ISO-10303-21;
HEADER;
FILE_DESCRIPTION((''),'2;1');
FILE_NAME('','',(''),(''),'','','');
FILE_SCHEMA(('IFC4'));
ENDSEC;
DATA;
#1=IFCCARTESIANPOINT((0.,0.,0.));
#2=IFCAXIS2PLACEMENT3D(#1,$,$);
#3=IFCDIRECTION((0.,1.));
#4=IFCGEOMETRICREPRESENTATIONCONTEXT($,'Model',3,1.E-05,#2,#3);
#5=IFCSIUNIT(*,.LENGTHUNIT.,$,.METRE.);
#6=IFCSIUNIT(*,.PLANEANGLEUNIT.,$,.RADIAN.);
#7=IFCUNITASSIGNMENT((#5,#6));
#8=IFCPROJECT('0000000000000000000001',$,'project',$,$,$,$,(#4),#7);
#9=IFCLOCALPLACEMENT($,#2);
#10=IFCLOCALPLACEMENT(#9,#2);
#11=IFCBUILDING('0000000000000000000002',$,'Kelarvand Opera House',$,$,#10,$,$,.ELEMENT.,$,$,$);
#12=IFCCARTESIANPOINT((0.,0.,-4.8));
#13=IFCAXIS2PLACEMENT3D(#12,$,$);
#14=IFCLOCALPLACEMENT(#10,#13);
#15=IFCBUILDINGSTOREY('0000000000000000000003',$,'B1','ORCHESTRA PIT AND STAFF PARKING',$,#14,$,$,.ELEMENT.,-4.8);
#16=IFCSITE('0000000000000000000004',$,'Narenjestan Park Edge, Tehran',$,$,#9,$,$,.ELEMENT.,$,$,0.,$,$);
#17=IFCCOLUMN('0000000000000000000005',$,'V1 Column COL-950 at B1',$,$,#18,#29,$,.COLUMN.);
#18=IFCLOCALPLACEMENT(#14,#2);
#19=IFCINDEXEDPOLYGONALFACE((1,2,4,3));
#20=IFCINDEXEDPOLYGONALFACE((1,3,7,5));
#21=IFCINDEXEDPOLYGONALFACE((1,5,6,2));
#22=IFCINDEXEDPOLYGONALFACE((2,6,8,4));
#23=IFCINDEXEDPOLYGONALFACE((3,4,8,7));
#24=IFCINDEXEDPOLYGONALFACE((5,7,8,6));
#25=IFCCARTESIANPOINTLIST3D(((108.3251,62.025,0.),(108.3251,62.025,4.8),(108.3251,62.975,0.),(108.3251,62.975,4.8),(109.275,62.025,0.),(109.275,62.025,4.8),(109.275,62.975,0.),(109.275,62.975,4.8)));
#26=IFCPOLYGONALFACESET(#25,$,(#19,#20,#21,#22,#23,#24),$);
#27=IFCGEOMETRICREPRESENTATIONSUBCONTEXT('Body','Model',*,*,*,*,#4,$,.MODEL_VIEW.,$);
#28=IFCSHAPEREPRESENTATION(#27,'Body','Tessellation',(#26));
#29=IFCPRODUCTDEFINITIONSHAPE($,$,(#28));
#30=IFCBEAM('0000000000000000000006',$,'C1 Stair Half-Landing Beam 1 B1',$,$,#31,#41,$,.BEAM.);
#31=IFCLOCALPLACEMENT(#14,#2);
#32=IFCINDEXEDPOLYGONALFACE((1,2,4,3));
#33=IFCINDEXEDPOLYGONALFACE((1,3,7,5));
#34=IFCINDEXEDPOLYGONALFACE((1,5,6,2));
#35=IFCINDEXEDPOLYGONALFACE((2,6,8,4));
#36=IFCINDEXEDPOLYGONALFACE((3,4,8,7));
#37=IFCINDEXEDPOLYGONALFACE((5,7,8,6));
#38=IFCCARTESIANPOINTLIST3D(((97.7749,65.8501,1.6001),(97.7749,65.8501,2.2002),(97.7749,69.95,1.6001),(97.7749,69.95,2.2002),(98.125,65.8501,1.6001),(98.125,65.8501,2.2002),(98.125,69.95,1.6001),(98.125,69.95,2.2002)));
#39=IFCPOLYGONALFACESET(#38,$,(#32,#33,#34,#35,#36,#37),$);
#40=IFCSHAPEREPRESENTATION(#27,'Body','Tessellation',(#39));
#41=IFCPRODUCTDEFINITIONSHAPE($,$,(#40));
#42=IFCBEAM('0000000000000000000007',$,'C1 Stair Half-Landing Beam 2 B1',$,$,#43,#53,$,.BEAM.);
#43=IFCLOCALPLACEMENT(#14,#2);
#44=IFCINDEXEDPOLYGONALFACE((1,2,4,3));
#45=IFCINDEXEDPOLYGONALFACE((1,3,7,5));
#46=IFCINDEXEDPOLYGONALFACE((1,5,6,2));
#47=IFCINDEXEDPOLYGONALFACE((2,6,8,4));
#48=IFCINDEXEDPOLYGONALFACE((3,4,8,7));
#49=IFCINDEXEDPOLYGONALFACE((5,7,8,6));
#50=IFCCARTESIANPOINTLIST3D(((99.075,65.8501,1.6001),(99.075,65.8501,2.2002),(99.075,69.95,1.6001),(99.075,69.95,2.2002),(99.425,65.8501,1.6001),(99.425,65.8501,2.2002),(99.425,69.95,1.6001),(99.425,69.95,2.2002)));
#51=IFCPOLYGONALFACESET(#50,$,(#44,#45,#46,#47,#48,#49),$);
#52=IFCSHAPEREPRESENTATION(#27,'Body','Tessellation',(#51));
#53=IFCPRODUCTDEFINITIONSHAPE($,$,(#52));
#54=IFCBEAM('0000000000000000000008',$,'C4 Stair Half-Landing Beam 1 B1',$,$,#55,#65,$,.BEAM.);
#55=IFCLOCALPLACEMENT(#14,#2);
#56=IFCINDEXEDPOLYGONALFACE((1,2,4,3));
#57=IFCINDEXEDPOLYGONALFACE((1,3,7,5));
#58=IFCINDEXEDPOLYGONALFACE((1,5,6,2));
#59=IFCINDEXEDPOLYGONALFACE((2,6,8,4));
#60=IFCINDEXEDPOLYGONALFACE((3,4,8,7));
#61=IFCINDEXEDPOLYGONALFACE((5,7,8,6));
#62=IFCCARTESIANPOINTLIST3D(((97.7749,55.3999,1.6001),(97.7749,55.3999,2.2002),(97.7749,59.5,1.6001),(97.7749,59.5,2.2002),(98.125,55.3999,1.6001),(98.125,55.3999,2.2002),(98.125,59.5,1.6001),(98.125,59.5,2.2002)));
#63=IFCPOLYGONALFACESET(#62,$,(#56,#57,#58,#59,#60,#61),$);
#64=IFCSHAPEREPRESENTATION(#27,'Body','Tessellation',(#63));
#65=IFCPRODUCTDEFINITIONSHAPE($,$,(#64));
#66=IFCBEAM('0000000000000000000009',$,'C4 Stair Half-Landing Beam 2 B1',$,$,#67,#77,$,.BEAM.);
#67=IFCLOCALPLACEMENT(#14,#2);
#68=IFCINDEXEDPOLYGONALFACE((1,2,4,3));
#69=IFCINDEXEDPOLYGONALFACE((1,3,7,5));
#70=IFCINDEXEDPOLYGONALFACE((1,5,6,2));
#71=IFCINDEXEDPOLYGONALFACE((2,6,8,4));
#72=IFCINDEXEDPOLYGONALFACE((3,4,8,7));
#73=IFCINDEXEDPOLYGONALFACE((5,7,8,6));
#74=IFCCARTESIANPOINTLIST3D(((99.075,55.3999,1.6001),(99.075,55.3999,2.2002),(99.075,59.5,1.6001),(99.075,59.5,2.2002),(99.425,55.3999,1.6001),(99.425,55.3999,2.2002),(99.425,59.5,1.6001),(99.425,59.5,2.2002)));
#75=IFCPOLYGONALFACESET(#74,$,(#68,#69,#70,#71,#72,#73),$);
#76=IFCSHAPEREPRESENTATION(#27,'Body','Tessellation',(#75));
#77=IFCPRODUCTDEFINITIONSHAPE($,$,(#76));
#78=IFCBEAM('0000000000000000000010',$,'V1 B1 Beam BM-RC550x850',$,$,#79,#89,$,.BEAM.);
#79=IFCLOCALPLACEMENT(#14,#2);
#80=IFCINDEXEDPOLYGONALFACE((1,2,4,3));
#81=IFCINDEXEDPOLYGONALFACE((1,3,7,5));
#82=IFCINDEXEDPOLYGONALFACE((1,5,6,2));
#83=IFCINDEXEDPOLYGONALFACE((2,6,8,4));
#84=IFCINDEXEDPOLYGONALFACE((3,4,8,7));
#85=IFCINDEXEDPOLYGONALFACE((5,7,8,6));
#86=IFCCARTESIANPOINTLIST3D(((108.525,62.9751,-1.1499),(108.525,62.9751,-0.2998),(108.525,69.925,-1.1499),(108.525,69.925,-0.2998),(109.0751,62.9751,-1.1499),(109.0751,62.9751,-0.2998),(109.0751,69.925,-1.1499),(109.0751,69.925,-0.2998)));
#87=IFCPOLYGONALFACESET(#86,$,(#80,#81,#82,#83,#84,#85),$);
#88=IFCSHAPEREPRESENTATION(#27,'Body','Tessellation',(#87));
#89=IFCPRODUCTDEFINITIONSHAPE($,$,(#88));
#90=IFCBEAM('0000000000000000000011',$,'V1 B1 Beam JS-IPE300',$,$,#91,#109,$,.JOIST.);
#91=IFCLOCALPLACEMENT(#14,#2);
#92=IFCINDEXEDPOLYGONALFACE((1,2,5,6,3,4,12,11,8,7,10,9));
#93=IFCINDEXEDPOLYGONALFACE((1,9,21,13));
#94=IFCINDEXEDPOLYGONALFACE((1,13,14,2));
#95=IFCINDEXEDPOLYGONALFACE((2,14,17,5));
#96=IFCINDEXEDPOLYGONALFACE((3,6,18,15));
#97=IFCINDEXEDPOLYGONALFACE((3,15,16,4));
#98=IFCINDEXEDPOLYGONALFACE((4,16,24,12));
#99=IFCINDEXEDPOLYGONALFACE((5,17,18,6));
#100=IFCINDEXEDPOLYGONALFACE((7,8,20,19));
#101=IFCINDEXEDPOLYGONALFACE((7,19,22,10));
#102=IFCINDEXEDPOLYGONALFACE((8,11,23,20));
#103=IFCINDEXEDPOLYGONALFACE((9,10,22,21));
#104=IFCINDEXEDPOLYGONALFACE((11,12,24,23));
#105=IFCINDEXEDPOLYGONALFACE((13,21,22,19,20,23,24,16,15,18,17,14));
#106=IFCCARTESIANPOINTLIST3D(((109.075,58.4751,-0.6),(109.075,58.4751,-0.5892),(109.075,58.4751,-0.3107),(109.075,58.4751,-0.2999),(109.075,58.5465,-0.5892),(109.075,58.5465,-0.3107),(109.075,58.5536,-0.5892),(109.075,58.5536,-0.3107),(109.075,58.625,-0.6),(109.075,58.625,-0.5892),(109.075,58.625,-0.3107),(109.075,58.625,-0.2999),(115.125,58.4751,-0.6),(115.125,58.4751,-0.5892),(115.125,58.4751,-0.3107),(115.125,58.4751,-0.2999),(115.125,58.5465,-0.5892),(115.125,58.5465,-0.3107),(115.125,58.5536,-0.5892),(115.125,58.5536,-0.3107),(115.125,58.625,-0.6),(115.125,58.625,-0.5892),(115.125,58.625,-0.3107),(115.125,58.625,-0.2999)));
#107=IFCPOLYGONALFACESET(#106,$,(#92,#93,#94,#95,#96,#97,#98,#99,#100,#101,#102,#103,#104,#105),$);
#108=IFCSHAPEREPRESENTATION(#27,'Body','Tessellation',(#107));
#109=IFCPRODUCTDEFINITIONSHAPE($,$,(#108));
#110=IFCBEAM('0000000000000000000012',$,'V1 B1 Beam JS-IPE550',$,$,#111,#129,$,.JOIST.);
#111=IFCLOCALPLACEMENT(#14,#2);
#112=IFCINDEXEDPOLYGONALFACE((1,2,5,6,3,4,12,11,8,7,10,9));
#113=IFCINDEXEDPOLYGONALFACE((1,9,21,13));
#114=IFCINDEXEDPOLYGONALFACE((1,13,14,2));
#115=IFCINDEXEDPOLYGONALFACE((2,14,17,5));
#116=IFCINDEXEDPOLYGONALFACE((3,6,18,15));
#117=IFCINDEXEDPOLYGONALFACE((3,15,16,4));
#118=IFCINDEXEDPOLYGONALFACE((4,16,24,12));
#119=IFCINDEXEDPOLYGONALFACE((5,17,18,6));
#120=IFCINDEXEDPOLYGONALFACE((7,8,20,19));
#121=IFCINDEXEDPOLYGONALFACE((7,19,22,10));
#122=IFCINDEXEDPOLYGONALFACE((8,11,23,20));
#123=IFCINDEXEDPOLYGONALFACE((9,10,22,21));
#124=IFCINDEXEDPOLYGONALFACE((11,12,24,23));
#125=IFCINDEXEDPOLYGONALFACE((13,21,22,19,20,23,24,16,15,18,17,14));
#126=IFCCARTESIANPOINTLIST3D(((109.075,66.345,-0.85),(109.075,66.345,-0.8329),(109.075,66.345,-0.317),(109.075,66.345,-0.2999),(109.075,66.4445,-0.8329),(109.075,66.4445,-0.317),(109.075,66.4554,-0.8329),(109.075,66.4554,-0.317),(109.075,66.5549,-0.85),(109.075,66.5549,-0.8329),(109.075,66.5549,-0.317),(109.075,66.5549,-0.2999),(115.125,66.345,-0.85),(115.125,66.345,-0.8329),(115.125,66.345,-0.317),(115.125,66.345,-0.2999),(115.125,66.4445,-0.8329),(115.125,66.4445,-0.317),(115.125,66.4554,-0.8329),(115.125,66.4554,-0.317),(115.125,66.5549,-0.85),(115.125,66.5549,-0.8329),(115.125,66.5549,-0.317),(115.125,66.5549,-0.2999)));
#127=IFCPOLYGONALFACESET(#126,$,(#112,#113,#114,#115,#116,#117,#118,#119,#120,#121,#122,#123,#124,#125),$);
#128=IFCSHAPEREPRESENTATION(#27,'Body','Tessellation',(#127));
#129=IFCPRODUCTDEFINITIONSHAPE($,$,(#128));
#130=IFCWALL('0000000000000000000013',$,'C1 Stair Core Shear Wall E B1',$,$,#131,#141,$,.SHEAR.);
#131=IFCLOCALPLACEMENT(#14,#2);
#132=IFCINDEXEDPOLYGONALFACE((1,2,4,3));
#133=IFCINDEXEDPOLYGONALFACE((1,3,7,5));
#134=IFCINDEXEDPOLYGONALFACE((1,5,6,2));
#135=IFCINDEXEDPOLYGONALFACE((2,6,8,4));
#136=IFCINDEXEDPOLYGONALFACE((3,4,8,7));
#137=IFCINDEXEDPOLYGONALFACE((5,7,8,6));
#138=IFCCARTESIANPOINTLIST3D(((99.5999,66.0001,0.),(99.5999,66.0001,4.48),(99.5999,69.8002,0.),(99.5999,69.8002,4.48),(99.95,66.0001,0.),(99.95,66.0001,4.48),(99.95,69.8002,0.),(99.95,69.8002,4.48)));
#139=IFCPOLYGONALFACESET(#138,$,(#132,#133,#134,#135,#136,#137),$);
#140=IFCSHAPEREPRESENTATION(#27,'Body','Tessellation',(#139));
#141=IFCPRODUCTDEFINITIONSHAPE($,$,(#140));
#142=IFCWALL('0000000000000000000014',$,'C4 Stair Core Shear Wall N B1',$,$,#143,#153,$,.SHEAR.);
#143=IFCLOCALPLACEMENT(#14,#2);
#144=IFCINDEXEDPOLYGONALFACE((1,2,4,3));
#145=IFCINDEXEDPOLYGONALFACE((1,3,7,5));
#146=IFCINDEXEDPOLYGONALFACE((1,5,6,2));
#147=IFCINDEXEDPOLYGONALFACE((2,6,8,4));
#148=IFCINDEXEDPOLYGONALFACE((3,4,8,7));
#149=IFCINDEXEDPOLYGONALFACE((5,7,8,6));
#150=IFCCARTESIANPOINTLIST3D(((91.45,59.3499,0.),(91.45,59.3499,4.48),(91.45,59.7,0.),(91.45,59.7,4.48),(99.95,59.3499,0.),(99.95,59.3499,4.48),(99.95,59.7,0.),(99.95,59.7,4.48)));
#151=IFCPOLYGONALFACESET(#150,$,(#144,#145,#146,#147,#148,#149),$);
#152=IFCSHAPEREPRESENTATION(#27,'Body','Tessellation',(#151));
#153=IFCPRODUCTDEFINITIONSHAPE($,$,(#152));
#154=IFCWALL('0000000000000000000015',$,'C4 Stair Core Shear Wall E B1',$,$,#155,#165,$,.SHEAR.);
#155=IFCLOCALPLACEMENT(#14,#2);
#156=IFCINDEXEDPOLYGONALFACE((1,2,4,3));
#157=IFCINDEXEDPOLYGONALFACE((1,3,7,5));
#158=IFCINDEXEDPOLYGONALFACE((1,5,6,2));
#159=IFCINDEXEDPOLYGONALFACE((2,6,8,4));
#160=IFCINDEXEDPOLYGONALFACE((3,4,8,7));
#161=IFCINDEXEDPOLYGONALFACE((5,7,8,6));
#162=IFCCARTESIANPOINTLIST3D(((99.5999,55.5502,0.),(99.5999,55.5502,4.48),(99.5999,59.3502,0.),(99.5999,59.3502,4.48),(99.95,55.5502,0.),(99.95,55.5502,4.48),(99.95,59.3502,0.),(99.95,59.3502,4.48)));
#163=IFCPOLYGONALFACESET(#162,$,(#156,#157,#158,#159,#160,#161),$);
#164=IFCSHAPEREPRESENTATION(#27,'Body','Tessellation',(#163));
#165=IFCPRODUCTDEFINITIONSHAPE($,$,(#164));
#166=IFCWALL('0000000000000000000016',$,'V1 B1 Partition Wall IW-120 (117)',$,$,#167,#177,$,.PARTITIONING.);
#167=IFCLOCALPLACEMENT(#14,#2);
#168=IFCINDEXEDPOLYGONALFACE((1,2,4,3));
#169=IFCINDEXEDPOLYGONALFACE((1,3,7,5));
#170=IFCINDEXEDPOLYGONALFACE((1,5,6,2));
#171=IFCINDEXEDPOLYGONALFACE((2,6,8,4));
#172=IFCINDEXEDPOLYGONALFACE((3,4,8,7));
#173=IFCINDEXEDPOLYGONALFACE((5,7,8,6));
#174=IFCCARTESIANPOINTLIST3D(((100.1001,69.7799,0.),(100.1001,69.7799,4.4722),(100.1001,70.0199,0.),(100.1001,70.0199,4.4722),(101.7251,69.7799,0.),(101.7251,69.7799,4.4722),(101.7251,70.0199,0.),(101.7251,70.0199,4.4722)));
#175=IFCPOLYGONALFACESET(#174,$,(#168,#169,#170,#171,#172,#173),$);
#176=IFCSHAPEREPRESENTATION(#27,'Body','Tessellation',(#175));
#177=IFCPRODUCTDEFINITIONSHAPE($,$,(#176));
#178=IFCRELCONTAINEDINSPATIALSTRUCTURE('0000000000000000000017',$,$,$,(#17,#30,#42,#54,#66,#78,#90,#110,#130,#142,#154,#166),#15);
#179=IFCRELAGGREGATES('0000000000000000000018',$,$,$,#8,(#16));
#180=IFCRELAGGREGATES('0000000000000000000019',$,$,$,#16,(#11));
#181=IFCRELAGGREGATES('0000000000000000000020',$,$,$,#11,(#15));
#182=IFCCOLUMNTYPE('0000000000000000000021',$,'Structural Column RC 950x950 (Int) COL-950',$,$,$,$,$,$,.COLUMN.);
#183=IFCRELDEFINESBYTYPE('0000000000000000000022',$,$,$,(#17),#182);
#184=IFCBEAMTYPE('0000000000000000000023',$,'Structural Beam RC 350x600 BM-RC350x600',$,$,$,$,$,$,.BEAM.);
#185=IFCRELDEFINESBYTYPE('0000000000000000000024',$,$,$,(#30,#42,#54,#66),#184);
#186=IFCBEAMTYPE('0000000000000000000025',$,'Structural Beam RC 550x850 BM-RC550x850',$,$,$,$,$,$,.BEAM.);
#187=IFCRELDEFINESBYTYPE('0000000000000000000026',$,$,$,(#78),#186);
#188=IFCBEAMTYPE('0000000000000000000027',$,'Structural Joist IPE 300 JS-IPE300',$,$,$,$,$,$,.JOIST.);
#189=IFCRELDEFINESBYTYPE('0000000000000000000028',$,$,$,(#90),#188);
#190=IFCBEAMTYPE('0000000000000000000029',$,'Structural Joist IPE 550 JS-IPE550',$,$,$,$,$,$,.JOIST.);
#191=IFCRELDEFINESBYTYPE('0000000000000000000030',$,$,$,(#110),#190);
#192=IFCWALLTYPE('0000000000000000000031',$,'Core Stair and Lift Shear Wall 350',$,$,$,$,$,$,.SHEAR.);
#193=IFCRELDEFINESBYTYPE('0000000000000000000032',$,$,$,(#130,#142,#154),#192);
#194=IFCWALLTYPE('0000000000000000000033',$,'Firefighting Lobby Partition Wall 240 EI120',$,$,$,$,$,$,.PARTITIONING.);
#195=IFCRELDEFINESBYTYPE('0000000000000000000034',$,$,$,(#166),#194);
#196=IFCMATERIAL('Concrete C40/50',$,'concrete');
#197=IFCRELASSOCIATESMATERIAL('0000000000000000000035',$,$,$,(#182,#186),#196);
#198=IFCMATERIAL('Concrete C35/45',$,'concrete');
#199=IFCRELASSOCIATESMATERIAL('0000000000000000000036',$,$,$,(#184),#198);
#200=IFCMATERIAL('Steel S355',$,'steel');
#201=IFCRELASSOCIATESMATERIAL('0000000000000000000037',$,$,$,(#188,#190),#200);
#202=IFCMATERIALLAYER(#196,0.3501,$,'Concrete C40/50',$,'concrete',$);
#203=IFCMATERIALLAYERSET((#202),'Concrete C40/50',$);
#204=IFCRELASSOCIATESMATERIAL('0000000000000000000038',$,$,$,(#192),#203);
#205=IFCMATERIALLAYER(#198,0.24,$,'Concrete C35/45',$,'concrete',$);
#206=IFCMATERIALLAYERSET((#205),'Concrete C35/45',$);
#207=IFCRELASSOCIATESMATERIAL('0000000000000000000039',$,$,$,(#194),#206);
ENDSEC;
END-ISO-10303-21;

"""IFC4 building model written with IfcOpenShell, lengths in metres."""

from ifc_helpers import new_model, si_unit, direction, frame, frame_2d, origin, origin_2d, place, context, subcontext, project, spatial, rectangle, i_section, extrude, material, layer, layer_set, material_profile, profile_set, type_object, element, save


model = new_model("IFC4")

# Units and contexts
model_context = context("Model", 3, precision=1e-05, world=origin(), true_north=direction((0.0, 1.0)))
body_context = subcontext(model_context, "Body", "Model", "MODEL_VIEW")
ifc_project = project(units=[si_unit("LENGTHUNIT", "METRE"), si_unit("PLANEANGLEUNIT", "RADIAN")], contexts=[model_context])

# Site, building, storey
site_placement = place(None, origin())
site = spatial("IfcSite", under=ifc_project, at=site_placement, Name="Narenjestan Park Edge, Tehran", CompositionType="ELEMENT", RefElevation=0.0)
building_placement = place(site_placement, origin())
building = spatial("IfcBuilding", under=site, at=building_placement, Name="Kelarvand Opera House", CompositionType="ELEMENT")
storey_placement = place(building_placement, frame((0.0, 0.0, -4.8)))
storey = spatial("IfcBuildingStorey", under=building, at=storey_placement, Name="B1", Description="ORCHESTRA PIT AND STAFF PARKING", CompositionType="ELEMENT", Elevation=-4.8)

# Column
ifc_material_1 = material(Name="Concrete C40/50", Category="concrete")
ifc_material_profile_1 = material_profile(ifc_material_1, rectangle(XDim=0.95, YDim=0.95, at=origin_2d()), Name="RC 950x950", Category="concrete")
ifc_profile_set_1 = profile_set([ifc_material_profile_1], Name="Concrete C40/50")
column_type = type_object("IfcColumnType", Name="Structural Column RC 950x950 (Int) COL-950", PredefinedType="COLUMN", material=ifc_profile_set_1)
column_placement = place(storey_placement, frame((108.8, 62.5, 0.0), z_axis=(0.0, 0.0, 1.0), x_axis=(1.0, 0.0, 0.0)))
element("IfcColumn", 1, at=column_placement, inside=storey, type_object=column_type, Name="V1 Column COL-950 at B1", PredefinedType="COLUMN", context=body_context, shape_type="SweptSolid", body=[
    extrude(rectangle(XDim=0.95, YDim=0.95, at=origin_2d()), origin(), (0.0, 0.0, 1.0), 4.8),
])

# Beams
ifc_material_2 = material(Name="Concrete C35/45", Category="concrete")
ifc_material_profile_2 = material_profile(ifc_material_2, rectangle(XDim=0.3501, YDim=0.6001, at=origin_2d()), Name="RC 350x600", Category="concrete")
ifc_profile_set_2 = profile_set([ifc_material_profile_2], Name="Concrete C35/45")
beam_type_1 = type_object("IfcBeamType", Name="Structural Beam RC 350x600 BM-RC350x600", PredefinedType="BEAM", material=ifc_profile_set_2)
for number, where, z_axis, x_axis, name in (
    (2, (97.95, 65.8501, 1.9001), (0.0, 1.0, 0.0), (-1.0, 0.0, 0.0), "C1 Stair Half-Landing Beam 1 B1"),
    (3, (99.25, 65.8501, 1.9001), (0.0, 1.0, 0.0), (-1.0, 0.0, 0.0), "C1 Stair Half-Landing Beam 2 B1"),
):
    element("IfcBeam", number, at=place(storey_placement, frame(where, z_axis=z_axis, x_axis=x_axis)), inside=storey, type_object=beam_type_1, Name=name, PredefinedType="BEAM", context=body_context, shape_type="SweptSolid", body=[
        extrude(rectangle(XDim=0.3501, YDim=0.6001, at=origin_2d()), origin(), (0.0, 0.0, 1.0), 4.0999),
    ])
for number, where, z_axis, x_axis, name in (
    (4, (97.95, 55.3999, 1.9001), (0.0, 1.0, 0.0), (-1.0, 0.0, 0.0), "C4 Stair Half-Landing Beam 1 B1"),
    (5, (99.25, 55.3999, 1.9001), (0.0, 1.0, 0.0), (-1.0, 0.0, 0.0), "C4 Stair Half-Landing Beam 2 B1"),
):
    element("IfcBeam", number, at=place(storey_placement, frame(where, z_axis=z_axis, x_axis=x_axis)), inside=storey, type_object=beam_type_1, Name=name, PredefinedType="BEAM", context=body_context, shape_type="SweptSolid", body=[
        extrude(rectangle(XDim=0.3501, YDim=0.6001, at=origin_2d()), origin(), (0.0, 0.0, 1.0), 4.1001),
    ])
ifc_material_profile_3 = material_profile(ifc_material_1, rectangle(XDim=0.55, YDim=0.8501, at=origin_2d()), Name="RC 550x850", Category="concrete")
ifc_profile_set_3 = profile_set([ifc_material_profile_3], Name="Concrete C40/50")
beam_type_2 = type_object("IfcBeamType", Name="Structural Beam RC 550x850 BM-RC550x850", PredefinedType="BEAM", material=ifc_profile_set_3)
beam_1_placement = place(storey_placement, frame((108.8, 62.9751, -0.7249), z_axis=(0.0, 1.0, 0.0), x_axis=(-1.0, 0.0, 0.0)))
element("IfcBeam", 6, at=beam_1_placement, inside=storey, type_object=beam_type_2, Name="V1 B1 Beam BM-RC550x850", PredefinedType="BEAM", context=body_context, shape_type="SweptSolid", body=[
    extrude(rectangle(XDim=0.55, YDim=0.8501, at=origin_2d()), origin(), (0.0, 0.0, 1.0), 6.95),
])
ifc_material_3 = material(Name="Steel S355", Category="steel")
ifc_material_profile_4 = material_profile(ifc_material_3, i_section(OverallWidth=0.1499, OverallDepth=0.3, WebThickness=0.0071, FlangeThickness=0.0107, at=origin_2d()), Name="IPE 300", Category="steel")
ifc_profile_set_4 = profile_set([ifc_material_profile_4], Name="Steel S355")
beam_type_3 = type_object("IfcBeamType", Name="Structural Joist IPE 300 JS-IPE300", PredefinedType="JOIST", material=ifc_profile_set_4)
beam_2_placement = place(storey_placement, frame((109.075, 58.55, -0.45), z_axis=(1.0, 0.0, 0.0), x_axis=(0.0, 1.0, 0.0)))
element("IfcBeam", 7, at=beam_2_placement, inside=storey, type_object=beam_type_3, Name="V1 B1 Beam JS-IPE300", PredefinedType="JOIST", context=body_context, shape_type="SweptSolid", body=[
    extrude(i_section(OverallWidth=0.1499, OverallDepth=0.3, WebThickness=0.0071, FlangeThickness=0.0107, at=origin_2d()), origin(), (0.0, 0.0, 1.0), 6.05),
])
ifc_material_profile_5 = material_profile(ifc_material_3, i_section(OverallWidth=0.21, OverallDepth=0.55, WebThickness=0.011, FlangeThickness=0.0171, at=origin_2d()), Name="IPE 550", Category="steel")
ifc_profile_set_5 = profile_set([ifc_material_profile_5], Name="Steel S355")
beam_type_4 = type_object("IfcBeamType", Name="Structural Joist IPE 550 JS-IPE550", PredefinedType="JOIST", material=ifc_profile_set_5)
beam_3_placement = place(storey_placement, frame((109.075, 66.45, -0.575), z_axis=(1.0, 0.0, 0.0), x_axis=(0.0, 1.0, 0.0)))
element("IfcBeam", 8, at=beam_3_placement, inside=storey, type_object=beam_type_4, Name="V1 B1 Beam JS-IPE550", PredefinedType="JOIST", context=body_context, shape_type="SweptSolid", body=[
    extrude(i_section(OverallWidth=0.21, OverallDepth=0.55, WebThickness=0.011, FlangeThickness=0.0171, at=origin_2d()), origin(), (0.0, 0.0, 1.0), 6.05),
])

# Walls
ifc_layer_1 = layer(ifc_material_1, 0.3501, Name="Concrete C40/50", Category="concrete")
ifc_layer_set_1 = layer_set([ifc_layer_1], Name="Concrete C40/50")
wall_type_1 = type_object("IfcWallType", Name="Core Stair and Lift Shear Wall 350", PredefinedType="SHEAR", material=ifc_layer_set_1)
wall_1_placement = place(storey_placement, frame((99.7749, 69.8, 0.0), z_axis=(0.0, 0.0, 1.0), x_axis=(0.0, -1.0, 0.0)))
element("IfcWall", 9, at=wall_1_placement, inside=storey, type_object=wall_type_1, Name="C1 Stair Core Shear Wall E B1", PredefinedType="SHEAR", context=body_context, shape_type="SweptSolid", body=[
    extrude(rectangle(XDim=3.8, YDim=0.3501, at=frame_2d((1.8999, 0.0))), origin(), (0.0, 0.0, 1.0), 4.48),
])
wall_2_placement = place(storey_placement, frame((99.95, 59.5249, 0.0), z_axis=(0.0, 0.0, 1.0), x_axis=(-1.0, 0.0, 0.0)))
element("IfcWall", 10, at=wall_2_placement, inside=storey, type_object=wall_type_1, Name="C4 Stair Core Shear Wall N B1", PredefinedType="SHEAR", context=body_context, shape_type="SweptSolid", body=[
    extrude(rectangle(XDim=8.5, YDim=0.3501, at=frame_2d((4.25, 0.0))), origin(), (0.0, 0.0, 1.0), 4.48),
])
wall_3_placement = place(storey_placement, frame((99.7749, 59.3501, 0.0), z_axis=(0.0, 0.0, 1.0), x_axis=(0.0, -1.0, 0.0)))
element("IfcWall", 11, at=wall_3_placement, inside=storey, type_object=wall_type_1, Name="C4 Stair Core Shear Wall E B1", PredefinedType="SHEAR", context=body_context, shape_type="SweptSolid", body=[
    extrude(rectangle(XDim=3.8, YDim=0.3501, at=frame_2d((1.8999, 0.0))), origin(), (0.0, 0.0, 1.0), 4.48),
])
ifc_layer_2 = layer(ifc_material_2, 0.24, Name="Concrete C35/45", Category="concrete")
ifc_layer_set_2 = layer_set([ifc_layer_2], Name="Concrete C35/45")
wall_type_2 = type_object("IfcWallType", Name="Firefighting Lobby Partition Wall 240 EI120", PredefinedType="PARTITIONING", material=ifc_layer_set_2)
wall_4_placement = place(storey_placement, frame((101.7251, 69.8999, 0.0), z_axis=(0.0, 0.0, 1.0), x_axis=(-1.0, 0.0, 0.0)))
element("IfcWall", 12, at=wall_4_placement, inside=storey, type_object=wall_type_2, Name="V1 B1 Partition Wall IW-120 (117)", PredefinedType="PARTITIONING", context=body_context, shape_type="SweptSolid", body=[
    extrude(rectangle(XDim=1.625, YDim=0.24, at=frame_2d((0.8125, 0.0))), origin(), (0.0, 0.0, 1.0), 4.4722),
])

save(model, "model.ifc")
